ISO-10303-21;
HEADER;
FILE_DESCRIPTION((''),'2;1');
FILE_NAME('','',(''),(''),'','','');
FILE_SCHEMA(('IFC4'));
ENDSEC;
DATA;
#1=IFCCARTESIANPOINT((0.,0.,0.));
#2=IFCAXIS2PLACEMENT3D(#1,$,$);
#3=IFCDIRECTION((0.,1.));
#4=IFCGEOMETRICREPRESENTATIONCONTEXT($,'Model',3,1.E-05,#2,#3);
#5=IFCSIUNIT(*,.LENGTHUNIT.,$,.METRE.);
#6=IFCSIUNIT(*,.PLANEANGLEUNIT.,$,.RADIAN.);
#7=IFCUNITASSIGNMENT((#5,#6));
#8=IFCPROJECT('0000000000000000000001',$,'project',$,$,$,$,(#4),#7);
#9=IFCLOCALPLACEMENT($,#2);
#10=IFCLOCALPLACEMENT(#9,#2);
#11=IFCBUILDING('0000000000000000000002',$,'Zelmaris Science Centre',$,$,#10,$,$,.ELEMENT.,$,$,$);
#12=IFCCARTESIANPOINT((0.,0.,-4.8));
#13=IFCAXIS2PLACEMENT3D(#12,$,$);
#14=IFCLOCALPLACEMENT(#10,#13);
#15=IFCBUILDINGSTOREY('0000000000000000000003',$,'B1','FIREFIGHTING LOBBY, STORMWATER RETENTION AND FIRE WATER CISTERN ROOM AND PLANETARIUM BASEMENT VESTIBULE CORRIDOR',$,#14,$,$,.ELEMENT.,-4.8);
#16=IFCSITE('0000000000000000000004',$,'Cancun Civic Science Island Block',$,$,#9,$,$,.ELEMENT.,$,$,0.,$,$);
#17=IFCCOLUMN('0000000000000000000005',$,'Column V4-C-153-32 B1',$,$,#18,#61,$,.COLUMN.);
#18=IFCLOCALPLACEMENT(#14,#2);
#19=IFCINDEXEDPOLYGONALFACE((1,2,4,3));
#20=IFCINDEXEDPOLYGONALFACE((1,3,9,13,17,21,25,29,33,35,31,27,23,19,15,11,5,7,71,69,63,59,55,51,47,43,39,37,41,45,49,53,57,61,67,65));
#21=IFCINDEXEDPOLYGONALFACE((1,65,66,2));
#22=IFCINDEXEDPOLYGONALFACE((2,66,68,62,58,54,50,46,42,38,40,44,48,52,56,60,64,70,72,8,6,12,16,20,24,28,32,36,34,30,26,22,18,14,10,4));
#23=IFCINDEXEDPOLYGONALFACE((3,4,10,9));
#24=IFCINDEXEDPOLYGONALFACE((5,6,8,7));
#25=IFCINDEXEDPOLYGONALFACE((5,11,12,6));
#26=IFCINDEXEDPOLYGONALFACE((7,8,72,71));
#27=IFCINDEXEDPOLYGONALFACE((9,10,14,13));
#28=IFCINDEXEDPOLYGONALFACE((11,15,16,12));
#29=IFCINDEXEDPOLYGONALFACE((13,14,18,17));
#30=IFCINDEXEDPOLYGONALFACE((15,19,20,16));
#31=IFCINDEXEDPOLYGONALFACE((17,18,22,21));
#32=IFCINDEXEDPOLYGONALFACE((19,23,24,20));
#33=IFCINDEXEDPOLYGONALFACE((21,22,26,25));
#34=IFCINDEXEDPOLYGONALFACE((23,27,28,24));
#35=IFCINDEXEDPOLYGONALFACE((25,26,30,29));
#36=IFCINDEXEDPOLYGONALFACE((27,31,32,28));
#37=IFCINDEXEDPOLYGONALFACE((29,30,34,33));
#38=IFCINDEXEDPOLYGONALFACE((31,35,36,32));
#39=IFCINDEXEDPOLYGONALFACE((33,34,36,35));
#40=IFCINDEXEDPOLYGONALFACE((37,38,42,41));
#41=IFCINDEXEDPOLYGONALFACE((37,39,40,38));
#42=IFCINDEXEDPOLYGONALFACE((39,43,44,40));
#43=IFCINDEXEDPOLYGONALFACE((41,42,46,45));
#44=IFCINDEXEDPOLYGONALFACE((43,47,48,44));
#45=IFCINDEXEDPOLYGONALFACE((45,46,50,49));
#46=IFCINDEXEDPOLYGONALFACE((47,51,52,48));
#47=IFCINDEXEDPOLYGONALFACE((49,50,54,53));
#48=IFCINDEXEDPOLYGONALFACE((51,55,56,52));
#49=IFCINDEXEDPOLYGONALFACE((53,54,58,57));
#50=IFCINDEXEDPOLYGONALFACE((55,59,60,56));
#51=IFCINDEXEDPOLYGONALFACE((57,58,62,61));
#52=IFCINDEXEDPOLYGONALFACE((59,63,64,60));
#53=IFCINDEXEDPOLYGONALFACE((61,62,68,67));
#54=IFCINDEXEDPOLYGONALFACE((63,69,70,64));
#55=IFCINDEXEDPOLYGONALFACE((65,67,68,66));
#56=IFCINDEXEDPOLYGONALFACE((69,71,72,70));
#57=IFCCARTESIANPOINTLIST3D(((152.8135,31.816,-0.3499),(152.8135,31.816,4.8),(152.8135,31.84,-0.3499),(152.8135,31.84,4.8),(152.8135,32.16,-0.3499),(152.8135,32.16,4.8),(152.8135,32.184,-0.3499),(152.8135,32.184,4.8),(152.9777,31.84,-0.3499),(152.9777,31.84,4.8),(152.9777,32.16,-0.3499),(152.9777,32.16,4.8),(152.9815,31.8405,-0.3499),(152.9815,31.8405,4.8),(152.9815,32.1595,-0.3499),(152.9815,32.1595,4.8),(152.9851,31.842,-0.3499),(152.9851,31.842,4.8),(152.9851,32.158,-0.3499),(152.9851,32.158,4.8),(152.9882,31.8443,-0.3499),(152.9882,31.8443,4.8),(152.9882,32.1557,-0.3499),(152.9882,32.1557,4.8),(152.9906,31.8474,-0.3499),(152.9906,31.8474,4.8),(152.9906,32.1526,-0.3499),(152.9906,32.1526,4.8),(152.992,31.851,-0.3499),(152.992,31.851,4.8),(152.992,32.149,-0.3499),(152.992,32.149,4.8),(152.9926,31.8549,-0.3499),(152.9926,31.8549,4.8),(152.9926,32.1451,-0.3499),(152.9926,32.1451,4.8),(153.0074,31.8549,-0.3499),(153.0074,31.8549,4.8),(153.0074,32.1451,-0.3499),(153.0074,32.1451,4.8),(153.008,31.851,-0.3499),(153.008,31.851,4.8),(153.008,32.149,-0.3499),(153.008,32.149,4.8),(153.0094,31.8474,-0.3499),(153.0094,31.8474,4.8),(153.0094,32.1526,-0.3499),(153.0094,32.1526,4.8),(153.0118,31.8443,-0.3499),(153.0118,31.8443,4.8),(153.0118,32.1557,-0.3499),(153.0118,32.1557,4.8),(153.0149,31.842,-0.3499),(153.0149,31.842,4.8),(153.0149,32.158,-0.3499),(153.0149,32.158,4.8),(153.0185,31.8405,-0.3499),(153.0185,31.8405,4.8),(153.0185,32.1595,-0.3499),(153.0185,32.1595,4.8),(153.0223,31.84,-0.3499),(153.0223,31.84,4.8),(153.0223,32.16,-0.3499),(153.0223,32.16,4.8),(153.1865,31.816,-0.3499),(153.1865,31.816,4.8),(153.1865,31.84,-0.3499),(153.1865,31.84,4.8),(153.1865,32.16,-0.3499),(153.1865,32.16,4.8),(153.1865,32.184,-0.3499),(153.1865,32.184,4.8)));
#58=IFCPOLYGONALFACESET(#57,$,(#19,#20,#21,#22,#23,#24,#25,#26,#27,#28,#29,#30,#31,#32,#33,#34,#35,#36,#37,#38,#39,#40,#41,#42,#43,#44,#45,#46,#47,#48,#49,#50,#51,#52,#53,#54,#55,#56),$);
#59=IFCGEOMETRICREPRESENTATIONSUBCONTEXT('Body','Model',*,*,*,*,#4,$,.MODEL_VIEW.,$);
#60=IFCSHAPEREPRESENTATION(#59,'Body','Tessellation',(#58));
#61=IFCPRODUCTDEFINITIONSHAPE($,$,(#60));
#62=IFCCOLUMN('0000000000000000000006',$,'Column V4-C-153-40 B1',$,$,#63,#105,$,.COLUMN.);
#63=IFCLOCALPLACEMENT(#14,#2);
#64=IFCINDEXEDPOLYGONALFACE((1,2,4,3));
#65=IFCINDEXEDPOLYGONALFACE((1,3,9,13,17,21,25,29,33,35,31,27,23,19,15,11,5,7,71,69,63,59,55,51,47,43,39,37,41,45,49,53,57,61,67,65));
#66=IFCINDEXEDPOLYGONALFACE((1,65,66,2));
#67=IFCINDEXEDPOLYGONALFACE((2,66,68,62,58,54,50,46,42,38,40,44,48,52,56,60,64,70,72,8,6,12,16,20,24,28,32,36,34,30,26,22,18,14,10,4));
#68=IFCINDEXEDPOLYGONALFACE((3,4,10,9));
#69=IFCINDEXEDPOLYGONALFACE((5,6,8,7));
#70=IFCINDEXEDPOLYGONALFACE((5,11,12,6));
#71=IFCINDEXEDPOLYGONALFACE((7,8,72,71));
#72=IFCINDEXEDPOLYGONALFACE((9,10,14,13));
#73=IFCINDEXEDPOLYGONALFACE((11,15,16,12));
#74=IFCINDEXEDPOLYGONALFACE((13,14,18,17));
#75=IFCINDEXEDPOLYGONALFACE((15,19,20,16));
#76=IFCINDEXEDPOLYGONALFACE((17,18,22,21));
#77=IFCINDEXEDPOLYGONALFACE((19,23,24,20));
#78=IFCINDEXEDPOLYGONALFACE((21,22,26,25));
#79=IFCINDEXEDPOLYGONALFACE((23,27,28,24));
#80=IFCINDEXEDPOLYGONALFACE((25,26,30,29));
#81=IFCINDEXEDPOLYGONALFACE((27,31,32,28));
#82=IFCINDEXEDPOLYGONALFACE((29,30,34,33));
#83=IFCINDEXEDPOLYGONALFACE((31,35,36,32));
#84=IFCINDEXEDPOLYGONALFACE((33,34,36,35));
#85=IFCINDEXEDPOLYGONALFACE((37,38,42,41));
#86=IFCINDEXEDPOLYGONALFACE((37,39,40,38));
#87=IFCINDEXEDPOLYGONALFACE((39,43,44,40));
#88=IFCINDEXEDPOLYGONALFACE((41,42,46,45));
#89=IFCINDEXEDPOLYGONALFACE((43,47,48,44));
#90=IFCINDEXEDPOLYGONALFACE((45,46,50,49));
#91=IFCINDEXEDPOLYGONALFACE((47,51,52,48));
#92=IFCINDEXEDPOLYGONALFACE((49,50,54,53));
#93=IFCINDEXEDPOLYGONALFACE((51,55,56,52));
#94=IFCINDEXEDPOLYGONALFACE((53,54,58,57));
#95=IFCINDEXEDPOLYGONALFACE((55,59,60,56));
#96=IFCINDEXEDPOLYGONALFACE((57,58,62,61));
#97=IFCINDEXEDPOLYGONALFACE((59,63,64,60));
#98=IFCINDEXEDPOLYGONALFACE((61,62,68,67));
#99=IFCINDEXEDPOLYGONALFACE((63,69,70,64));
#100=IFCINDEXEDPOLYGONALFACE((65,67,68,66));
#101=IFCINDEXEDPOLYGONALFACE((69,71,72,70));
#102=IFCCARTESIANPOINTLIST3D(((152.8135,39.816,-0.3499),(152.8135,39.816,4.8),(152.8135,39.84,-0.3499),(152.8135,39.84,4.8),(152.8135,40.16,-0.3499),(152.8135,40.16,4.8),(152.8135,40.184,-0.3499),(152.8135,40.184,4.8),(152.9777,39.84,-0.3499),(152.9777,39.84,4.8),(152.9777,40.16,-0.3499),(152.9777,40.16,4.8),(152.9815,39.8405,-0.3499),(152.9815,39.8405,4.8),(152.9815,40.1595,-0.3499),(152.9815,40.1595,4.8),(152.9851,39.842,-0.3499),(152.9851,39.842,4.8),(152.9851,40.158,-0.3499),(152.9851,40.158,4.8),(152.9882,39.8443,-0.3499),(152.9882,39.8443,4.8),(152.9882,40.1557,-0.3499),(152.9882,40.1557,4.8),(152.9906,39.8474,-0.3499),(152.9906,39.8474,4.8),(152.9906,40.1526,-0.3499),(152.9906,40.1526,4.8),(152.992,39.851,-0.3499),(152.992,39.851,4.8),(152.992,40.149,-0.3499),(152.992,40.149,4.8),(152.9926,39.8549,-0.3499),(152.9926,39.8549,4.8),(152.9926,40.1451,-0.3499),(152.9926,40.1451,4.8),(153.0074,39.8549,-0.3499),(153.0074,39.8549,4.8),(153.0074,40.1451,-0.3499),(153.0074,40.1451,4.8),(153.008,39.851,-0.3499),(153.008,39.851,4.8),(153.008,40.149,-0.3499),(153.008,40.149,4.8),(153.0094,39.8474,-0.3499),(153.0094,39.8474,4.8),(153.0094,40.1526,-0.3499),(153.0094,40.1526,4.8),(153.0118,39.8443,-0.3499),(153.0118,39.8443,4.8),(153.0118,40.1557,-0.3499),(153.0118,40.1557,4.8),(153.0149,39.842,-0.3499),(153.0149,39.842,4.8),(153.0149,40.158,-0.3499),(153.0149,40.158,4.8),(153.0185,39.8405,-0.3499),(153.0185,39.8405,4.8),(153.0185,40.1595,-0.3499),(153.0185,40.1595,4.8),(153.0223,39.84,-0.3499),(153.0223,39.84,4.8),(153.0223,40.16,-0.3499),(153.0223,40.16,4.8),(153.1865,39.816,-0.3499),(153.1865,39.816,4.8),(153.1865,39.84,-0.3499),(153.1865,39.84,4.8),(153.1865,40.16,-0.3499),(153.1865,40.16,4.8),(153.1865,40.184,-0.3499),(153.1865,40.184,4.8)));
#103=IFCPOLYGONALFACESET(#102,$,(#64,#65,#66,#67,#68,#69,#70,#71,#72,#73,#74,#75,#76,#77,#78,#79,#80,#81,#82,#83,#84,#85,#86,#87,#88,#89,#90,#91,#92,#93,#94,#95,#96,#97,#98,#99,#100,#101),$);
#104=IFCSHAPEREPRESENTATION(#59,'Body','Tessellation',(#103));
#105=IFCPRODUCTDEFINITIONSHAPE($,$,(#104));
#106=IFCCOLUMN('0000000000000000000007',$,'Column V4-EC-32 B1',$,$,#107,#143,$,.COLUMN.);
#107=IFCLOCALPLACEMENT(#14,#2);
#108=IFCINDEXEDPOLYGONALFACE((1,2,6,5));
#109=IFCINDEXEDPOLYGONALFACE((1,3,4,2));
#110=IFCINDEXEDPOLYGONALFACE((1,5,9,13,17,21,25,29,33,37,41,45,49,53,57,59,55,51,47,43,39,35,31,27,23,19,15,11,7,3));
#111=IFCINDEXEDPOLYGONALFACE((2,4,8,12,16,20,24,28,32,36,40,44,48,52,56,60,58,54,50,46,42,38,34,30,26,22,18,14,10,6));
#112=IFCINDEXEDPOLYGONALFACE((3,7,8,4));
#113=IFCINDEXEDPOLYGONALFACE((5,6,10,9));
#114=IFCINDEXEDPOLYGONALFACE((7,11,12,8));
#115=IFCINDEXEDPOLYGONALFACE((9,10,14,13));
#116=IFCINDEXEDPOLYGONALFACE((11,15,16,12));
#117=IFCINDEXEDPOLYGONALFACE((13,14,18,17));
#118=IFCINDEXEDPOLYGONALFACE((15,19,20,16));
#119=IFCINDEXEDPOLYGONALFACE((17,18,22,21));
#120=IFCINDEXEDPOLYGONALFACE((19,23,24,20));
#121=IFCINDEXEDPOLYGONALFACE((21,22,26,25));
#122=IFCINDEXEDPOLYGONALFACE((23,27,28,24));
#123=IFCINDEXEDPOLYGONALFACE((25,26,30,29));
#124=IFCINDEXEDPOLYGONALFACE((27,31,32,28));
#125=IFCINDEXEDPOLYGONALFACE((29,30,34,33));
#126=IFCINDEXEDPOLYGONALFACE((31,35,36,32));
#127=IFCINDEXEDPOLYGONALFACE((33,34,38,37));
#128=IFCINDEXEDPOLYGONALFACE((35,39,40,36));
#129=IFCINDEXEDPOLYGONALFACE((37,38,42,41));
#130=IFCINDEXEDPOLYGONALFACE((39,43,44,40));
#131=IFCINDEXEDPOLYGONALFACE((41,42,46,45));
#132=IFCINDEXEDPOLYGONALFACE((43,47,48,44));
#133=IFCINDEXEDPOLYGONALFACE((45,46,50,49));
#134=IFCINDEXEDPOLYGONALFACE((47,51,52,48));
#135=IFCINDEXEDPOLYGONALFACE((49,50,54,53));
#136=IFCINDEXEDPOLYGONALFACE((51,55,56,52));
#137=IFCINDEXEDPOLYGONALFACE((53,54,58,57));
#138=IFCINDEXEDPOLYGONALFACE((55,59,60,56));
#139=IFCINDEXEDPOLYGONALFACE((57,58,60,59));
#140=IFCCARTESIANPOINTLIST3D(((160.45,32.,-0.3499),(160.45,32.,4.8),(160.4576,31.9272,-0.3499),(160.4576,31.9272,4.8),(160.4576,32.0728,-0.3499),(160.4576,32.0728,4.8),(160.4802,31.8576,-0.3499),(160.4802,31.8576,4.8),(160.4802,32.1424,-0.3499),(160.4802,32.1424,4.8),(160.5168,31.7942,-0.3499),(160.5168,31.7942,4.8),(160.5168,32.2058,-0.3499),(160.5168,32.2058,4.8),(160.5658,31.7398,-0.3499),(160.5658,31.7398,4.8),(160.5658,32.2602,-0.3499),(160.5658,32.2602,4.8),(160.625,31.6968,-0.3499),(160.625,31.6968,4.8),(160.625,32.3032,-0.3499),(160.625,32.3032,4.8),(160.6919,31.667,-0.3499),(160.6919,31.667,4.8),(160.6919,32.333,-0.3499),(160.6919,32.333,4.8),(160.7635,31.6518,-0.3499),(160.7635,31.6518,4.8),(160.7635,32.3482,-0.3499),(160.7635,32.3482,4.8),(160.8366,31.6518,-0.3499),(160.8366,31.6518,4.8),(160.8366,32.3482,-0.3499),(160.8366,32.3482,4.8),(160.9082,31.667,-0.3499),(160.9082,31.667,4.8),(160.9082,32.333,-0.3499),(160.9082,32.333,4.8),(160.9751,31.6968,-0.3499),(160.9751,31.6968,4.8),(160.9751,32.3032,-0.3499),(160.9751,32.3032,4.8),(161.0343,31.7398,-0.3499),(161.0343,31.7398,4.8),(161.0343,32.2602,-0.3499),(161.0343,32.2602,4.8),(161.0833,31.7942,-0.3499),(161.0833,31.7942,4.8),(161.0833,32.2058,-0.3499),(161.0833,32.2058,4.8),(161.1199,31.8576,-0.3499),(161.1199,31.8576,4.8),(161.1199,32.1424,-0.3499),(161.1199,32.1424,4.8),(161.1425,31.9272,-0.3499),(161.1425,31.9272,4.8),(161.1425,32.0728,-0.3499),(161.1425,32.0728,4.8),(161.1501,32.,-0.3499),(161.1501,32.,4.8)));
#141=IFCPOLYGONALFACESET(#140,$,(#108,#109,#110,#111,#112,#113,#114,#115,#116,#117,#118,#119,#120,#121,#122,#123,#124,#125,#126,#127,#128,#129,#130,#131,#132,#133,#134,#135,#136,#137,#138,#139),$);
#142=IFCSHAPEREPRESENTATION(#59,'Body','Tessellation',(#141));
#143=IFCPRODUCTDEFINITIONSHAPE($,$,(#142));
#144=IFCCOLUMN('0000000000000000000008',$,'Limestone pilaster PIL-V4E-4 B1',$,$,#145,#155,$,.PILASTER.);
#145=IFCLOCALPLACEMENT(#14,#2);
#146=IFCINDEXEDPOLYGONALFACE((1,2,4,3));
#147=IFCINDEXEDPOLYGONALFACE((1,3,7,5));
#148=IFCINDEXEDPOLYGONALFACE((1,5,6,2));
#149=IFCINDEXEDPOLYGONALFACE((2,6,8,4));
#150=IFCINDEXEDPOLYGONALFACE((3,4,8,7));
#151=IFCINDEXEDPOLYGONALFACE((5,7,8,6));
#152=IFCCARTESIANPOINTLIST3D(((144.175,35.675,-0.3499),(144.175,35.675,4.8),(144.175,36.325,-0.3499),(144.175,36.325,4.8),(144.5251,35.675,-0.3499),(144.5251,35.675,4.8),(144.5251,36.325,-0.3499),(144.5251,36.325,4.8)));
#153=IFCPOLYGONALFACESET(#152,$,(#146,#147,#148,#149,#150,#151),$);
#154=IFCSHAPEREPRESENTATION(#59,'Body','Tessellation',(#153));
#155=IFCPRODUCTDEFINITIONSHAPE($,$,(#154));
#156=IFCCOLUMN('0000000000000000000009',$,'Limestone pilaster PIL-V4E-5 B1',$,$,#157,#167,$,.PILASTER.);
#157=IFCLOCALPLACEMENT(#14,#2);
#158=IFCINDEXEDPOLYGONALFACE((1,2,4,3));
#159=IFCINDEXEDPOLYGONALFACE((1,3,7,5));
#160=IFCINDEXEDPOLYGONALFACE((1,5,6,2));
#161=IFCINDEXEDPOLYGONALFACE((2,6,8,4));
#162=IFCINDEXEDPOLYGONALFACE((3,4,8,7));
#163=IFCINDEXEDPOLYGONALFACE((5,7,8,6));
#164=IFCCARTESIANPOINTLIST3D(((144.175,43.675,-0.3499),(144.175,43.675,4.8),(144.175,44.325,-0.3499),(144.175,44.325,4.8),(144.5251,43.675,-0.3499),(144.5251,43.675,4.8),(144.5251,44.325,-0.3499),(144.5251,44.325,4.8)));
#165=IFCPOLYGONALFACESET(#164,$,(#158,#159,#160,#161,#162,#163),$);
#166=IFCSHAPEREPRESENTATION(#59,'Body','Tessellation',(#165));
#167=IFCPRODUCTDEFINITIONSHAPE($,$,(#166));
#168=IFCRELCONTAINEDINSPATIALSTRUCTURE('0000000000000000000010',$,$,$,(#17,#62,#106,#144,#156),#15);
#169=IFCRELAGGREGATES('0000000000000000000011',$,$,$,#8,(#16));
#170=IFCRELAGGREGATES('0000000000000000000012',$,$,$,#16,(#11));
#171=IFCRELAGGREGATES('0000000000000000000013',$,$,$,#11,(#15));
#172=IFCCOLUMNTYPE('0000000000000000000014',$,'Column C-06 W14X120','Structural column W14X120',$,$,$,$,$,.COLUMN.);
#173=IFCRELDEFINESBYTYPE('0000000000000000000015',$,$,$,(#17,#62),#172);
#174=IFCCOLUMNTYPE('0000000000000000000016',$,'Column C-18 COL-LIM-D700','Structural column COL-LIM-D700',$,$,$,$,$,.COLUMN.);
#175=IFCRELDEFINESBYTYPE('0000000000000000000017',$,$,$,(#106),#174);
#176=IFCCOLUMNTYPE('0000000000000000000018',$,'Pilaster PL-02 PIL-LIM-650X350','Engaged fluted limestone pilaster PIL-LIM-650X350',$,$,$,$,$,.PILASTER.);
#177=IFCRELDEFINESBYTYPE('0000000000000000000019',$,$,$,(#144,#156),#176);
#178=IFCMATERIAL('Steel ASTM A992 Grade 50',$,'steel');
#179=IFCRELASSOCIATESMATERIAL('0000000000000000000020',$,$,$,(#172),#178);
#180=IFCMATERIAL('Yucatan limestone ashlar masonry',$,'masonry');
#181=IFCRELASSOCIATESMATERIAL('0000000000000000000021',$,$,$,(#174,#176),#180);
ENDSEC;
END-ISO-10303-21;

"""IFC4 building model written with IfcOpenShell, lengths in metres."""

from ifc_helpers import new_model, si_unit, direction, frame, origin, origin_2d, place, context, subcontext, project, spatial, rectangle, circle, i_section, extrude, material, material_profile, profile_set, type_object, element, save


model = new_model("IFC4")

# Units and contexts
model_context = context("Model", 3, precision=1e-05, world=origin(), true_north=direction((0.0, 1.0)))
body_context = subcontext(model_context, "Body", "Model", "MODEL_VIEW")
ifc_project = project(units=[si_unit("LENGTHUNIT", "METRE"), si_unit("PLANEANGLEUNIT", "RADIAN")], contexts=[model_context])

# Site, building, storey
site_placement = place(None, origin())
site = spatial("IfcSite", under=ifc_project, at=site_placement, Name="Cancun Civic Science Island Block", CompositionType="ELEMENT", RefElevation=0.0)
building_placement = place(site_placement, origin())
building = spatial("IfcBuilding", under=site, at=building_placement, Name="Zelmaris Science Centre", CompositionType="ELEMENT")
storey_placement = place(building_placement, frame((0.0, 0.0, -4.8)))
storey = spatial("IfcBuildingStorey", under=building, at=storey_placement, Name="B1", Description="FIREFIGHTING LOBBY, STORMWATER RETENTION AND FIRE WATER CISTERN ROOM AND PLANETARIUM BASEMENT VESTIBULE CORRIDOR", CompositionType="ELEMENT", Elevation=-4.8)

# Columns
ifc_material_1 = material(Name="Steel ASTM A992 Grade 50", Category="steel")
ifc_material_profile_1 = material_profile(ifc_material_1, i_section(OverallWidth=0.373, OverallDepth=0.3679, WebThickness=0.0149, FlangeThickness=0.0239, FilletRadius=0.0149, at=origin_2d()), Name="W14X120")
ifc_profile_set_1 = profile_set([ifc_material_profile_1], Name="Steel ASTM A992 Grade 50")
column_type_1 = type_object("IfcColumnType", Name="Column C-06 W14X120", Description="Structural column W14X120", PredefinedType="COLUMN", material=ifc_profile_set_1)
for number, where, z_axis, x_axis, name in (
    (1, (153.0, 32.0, -0.3499), (0.0, 0.0, 1.0), (1.0, 0.0, 0.0), "Column V4-C-153-32 B1"),
    (2, (153.0, 40.0, -0.3499), (0.0, 0.0, 1.0), (1.0, 0.0, 0.0), "Column V4-C-153-40 B1"),
):
    element("IfcColumn", number, at=place(storey_placement, frame(where, z_axis=z_axis, x_axis=x_axis)), inside=storey, type_object=column_type_1, Name=name, PredefinedType="COLUMN", context=body_context, shape_type="SweptSolid", body=[
        extrude(i_section(OverallWidth=0.373, OverallDepth=0.3679, WebThickness=0.0149, FlangeThickness=0.0239, FilletRadius=0.0149, at=origin_2d()), origin(), (0.0, 0.0, 1.0), 5.1499),
    ])
ifc_material_2 = material(Name="Yucatan limestone ashlar masonry", Category="masonry")
ifc_material_profile_2 = material_profile(ifc_material_2, circle(Radius=0.3501, at=origin_2d()), Name="COL-LIM-D700")
ifc_profile_set_2 = profile_set([ifc_material_profile_2], Name="Yucatan limestone ashlar masonry")
column_type_2 = type_object("IfcColumnType", Name="Column C-18 COL-LIM-D700", Description="Structural column COL-LIM-D700", PredefinedType="COLUMN", material=ifc_profile_set_2)
column_placement = place(storey_placement, frame((160.8, 32.0, -0.3499), z_axis=(0.0, 0.0, 1.0), x_axis=(1.0, 0.0, 0.0)))
element("IfcColumn", 3, at=column_placement, inside=storey, type_object=column_type_2, Name="Column V4-EC-32 B1", PredefinedType="COLUMN", context=body_context, shape_type="SweptSolid", body=[
    extrude(circle(Radius=0.3501, at=origin_2d()), origin(), (0.0, 0.0, 1.0), 5.1499),
])
ifc_material_profile_3 = material_profile(ifc_material_2, rectangle(XDim=0.6499, YDim=0.3501, at=origin_2d()), Name="PIL-LIM-650X350")
ifc_profile_set_3 = profile_set([ifc_material_profile_3], Name="Yucatan limestone ashlar masonry")
column_type_3 = type_object("IfcColumnType", Name="Pilaster PL-02 PIL-LIM-650X350", Description="Engaged fluted limestone pilaster PIL-LIM-650X350", PredefinedType="PILASTER", material=ifc_profile_set_3)
for number, where, z_axis, x_axis, name in (
    (4, (144.3501, 36.0, -0.3499), (0.0, 0.0, 1.0), (0.0, 1.0, 0.0), "Limestone pilaster PIL-V4E-4 B1"),
    (5, (144.3501, 44.0, -0.3499), (0.0, 0.0, 1.0), (0.0, 1.0, 0.0), "Limestone pilaster PIL-V4E-5 B1"),
):
    element("IfcColumn", number, at=place(storey_placement, frame(where, z_axis=z_axis, x_axis=x_axis)), inside=storey, type_object=column_type_3, Name=name, PredefinedType="PILASTER", context=body_context, shape_type="SweptSolid", body=[
        extrude(rectangle(XDim=0.6499, YDim=0.3501, at=origin_2d()), origin(), (0.0, 0.0, 1.0), 5.1499),
    ])

save(model, "model.ifc")
